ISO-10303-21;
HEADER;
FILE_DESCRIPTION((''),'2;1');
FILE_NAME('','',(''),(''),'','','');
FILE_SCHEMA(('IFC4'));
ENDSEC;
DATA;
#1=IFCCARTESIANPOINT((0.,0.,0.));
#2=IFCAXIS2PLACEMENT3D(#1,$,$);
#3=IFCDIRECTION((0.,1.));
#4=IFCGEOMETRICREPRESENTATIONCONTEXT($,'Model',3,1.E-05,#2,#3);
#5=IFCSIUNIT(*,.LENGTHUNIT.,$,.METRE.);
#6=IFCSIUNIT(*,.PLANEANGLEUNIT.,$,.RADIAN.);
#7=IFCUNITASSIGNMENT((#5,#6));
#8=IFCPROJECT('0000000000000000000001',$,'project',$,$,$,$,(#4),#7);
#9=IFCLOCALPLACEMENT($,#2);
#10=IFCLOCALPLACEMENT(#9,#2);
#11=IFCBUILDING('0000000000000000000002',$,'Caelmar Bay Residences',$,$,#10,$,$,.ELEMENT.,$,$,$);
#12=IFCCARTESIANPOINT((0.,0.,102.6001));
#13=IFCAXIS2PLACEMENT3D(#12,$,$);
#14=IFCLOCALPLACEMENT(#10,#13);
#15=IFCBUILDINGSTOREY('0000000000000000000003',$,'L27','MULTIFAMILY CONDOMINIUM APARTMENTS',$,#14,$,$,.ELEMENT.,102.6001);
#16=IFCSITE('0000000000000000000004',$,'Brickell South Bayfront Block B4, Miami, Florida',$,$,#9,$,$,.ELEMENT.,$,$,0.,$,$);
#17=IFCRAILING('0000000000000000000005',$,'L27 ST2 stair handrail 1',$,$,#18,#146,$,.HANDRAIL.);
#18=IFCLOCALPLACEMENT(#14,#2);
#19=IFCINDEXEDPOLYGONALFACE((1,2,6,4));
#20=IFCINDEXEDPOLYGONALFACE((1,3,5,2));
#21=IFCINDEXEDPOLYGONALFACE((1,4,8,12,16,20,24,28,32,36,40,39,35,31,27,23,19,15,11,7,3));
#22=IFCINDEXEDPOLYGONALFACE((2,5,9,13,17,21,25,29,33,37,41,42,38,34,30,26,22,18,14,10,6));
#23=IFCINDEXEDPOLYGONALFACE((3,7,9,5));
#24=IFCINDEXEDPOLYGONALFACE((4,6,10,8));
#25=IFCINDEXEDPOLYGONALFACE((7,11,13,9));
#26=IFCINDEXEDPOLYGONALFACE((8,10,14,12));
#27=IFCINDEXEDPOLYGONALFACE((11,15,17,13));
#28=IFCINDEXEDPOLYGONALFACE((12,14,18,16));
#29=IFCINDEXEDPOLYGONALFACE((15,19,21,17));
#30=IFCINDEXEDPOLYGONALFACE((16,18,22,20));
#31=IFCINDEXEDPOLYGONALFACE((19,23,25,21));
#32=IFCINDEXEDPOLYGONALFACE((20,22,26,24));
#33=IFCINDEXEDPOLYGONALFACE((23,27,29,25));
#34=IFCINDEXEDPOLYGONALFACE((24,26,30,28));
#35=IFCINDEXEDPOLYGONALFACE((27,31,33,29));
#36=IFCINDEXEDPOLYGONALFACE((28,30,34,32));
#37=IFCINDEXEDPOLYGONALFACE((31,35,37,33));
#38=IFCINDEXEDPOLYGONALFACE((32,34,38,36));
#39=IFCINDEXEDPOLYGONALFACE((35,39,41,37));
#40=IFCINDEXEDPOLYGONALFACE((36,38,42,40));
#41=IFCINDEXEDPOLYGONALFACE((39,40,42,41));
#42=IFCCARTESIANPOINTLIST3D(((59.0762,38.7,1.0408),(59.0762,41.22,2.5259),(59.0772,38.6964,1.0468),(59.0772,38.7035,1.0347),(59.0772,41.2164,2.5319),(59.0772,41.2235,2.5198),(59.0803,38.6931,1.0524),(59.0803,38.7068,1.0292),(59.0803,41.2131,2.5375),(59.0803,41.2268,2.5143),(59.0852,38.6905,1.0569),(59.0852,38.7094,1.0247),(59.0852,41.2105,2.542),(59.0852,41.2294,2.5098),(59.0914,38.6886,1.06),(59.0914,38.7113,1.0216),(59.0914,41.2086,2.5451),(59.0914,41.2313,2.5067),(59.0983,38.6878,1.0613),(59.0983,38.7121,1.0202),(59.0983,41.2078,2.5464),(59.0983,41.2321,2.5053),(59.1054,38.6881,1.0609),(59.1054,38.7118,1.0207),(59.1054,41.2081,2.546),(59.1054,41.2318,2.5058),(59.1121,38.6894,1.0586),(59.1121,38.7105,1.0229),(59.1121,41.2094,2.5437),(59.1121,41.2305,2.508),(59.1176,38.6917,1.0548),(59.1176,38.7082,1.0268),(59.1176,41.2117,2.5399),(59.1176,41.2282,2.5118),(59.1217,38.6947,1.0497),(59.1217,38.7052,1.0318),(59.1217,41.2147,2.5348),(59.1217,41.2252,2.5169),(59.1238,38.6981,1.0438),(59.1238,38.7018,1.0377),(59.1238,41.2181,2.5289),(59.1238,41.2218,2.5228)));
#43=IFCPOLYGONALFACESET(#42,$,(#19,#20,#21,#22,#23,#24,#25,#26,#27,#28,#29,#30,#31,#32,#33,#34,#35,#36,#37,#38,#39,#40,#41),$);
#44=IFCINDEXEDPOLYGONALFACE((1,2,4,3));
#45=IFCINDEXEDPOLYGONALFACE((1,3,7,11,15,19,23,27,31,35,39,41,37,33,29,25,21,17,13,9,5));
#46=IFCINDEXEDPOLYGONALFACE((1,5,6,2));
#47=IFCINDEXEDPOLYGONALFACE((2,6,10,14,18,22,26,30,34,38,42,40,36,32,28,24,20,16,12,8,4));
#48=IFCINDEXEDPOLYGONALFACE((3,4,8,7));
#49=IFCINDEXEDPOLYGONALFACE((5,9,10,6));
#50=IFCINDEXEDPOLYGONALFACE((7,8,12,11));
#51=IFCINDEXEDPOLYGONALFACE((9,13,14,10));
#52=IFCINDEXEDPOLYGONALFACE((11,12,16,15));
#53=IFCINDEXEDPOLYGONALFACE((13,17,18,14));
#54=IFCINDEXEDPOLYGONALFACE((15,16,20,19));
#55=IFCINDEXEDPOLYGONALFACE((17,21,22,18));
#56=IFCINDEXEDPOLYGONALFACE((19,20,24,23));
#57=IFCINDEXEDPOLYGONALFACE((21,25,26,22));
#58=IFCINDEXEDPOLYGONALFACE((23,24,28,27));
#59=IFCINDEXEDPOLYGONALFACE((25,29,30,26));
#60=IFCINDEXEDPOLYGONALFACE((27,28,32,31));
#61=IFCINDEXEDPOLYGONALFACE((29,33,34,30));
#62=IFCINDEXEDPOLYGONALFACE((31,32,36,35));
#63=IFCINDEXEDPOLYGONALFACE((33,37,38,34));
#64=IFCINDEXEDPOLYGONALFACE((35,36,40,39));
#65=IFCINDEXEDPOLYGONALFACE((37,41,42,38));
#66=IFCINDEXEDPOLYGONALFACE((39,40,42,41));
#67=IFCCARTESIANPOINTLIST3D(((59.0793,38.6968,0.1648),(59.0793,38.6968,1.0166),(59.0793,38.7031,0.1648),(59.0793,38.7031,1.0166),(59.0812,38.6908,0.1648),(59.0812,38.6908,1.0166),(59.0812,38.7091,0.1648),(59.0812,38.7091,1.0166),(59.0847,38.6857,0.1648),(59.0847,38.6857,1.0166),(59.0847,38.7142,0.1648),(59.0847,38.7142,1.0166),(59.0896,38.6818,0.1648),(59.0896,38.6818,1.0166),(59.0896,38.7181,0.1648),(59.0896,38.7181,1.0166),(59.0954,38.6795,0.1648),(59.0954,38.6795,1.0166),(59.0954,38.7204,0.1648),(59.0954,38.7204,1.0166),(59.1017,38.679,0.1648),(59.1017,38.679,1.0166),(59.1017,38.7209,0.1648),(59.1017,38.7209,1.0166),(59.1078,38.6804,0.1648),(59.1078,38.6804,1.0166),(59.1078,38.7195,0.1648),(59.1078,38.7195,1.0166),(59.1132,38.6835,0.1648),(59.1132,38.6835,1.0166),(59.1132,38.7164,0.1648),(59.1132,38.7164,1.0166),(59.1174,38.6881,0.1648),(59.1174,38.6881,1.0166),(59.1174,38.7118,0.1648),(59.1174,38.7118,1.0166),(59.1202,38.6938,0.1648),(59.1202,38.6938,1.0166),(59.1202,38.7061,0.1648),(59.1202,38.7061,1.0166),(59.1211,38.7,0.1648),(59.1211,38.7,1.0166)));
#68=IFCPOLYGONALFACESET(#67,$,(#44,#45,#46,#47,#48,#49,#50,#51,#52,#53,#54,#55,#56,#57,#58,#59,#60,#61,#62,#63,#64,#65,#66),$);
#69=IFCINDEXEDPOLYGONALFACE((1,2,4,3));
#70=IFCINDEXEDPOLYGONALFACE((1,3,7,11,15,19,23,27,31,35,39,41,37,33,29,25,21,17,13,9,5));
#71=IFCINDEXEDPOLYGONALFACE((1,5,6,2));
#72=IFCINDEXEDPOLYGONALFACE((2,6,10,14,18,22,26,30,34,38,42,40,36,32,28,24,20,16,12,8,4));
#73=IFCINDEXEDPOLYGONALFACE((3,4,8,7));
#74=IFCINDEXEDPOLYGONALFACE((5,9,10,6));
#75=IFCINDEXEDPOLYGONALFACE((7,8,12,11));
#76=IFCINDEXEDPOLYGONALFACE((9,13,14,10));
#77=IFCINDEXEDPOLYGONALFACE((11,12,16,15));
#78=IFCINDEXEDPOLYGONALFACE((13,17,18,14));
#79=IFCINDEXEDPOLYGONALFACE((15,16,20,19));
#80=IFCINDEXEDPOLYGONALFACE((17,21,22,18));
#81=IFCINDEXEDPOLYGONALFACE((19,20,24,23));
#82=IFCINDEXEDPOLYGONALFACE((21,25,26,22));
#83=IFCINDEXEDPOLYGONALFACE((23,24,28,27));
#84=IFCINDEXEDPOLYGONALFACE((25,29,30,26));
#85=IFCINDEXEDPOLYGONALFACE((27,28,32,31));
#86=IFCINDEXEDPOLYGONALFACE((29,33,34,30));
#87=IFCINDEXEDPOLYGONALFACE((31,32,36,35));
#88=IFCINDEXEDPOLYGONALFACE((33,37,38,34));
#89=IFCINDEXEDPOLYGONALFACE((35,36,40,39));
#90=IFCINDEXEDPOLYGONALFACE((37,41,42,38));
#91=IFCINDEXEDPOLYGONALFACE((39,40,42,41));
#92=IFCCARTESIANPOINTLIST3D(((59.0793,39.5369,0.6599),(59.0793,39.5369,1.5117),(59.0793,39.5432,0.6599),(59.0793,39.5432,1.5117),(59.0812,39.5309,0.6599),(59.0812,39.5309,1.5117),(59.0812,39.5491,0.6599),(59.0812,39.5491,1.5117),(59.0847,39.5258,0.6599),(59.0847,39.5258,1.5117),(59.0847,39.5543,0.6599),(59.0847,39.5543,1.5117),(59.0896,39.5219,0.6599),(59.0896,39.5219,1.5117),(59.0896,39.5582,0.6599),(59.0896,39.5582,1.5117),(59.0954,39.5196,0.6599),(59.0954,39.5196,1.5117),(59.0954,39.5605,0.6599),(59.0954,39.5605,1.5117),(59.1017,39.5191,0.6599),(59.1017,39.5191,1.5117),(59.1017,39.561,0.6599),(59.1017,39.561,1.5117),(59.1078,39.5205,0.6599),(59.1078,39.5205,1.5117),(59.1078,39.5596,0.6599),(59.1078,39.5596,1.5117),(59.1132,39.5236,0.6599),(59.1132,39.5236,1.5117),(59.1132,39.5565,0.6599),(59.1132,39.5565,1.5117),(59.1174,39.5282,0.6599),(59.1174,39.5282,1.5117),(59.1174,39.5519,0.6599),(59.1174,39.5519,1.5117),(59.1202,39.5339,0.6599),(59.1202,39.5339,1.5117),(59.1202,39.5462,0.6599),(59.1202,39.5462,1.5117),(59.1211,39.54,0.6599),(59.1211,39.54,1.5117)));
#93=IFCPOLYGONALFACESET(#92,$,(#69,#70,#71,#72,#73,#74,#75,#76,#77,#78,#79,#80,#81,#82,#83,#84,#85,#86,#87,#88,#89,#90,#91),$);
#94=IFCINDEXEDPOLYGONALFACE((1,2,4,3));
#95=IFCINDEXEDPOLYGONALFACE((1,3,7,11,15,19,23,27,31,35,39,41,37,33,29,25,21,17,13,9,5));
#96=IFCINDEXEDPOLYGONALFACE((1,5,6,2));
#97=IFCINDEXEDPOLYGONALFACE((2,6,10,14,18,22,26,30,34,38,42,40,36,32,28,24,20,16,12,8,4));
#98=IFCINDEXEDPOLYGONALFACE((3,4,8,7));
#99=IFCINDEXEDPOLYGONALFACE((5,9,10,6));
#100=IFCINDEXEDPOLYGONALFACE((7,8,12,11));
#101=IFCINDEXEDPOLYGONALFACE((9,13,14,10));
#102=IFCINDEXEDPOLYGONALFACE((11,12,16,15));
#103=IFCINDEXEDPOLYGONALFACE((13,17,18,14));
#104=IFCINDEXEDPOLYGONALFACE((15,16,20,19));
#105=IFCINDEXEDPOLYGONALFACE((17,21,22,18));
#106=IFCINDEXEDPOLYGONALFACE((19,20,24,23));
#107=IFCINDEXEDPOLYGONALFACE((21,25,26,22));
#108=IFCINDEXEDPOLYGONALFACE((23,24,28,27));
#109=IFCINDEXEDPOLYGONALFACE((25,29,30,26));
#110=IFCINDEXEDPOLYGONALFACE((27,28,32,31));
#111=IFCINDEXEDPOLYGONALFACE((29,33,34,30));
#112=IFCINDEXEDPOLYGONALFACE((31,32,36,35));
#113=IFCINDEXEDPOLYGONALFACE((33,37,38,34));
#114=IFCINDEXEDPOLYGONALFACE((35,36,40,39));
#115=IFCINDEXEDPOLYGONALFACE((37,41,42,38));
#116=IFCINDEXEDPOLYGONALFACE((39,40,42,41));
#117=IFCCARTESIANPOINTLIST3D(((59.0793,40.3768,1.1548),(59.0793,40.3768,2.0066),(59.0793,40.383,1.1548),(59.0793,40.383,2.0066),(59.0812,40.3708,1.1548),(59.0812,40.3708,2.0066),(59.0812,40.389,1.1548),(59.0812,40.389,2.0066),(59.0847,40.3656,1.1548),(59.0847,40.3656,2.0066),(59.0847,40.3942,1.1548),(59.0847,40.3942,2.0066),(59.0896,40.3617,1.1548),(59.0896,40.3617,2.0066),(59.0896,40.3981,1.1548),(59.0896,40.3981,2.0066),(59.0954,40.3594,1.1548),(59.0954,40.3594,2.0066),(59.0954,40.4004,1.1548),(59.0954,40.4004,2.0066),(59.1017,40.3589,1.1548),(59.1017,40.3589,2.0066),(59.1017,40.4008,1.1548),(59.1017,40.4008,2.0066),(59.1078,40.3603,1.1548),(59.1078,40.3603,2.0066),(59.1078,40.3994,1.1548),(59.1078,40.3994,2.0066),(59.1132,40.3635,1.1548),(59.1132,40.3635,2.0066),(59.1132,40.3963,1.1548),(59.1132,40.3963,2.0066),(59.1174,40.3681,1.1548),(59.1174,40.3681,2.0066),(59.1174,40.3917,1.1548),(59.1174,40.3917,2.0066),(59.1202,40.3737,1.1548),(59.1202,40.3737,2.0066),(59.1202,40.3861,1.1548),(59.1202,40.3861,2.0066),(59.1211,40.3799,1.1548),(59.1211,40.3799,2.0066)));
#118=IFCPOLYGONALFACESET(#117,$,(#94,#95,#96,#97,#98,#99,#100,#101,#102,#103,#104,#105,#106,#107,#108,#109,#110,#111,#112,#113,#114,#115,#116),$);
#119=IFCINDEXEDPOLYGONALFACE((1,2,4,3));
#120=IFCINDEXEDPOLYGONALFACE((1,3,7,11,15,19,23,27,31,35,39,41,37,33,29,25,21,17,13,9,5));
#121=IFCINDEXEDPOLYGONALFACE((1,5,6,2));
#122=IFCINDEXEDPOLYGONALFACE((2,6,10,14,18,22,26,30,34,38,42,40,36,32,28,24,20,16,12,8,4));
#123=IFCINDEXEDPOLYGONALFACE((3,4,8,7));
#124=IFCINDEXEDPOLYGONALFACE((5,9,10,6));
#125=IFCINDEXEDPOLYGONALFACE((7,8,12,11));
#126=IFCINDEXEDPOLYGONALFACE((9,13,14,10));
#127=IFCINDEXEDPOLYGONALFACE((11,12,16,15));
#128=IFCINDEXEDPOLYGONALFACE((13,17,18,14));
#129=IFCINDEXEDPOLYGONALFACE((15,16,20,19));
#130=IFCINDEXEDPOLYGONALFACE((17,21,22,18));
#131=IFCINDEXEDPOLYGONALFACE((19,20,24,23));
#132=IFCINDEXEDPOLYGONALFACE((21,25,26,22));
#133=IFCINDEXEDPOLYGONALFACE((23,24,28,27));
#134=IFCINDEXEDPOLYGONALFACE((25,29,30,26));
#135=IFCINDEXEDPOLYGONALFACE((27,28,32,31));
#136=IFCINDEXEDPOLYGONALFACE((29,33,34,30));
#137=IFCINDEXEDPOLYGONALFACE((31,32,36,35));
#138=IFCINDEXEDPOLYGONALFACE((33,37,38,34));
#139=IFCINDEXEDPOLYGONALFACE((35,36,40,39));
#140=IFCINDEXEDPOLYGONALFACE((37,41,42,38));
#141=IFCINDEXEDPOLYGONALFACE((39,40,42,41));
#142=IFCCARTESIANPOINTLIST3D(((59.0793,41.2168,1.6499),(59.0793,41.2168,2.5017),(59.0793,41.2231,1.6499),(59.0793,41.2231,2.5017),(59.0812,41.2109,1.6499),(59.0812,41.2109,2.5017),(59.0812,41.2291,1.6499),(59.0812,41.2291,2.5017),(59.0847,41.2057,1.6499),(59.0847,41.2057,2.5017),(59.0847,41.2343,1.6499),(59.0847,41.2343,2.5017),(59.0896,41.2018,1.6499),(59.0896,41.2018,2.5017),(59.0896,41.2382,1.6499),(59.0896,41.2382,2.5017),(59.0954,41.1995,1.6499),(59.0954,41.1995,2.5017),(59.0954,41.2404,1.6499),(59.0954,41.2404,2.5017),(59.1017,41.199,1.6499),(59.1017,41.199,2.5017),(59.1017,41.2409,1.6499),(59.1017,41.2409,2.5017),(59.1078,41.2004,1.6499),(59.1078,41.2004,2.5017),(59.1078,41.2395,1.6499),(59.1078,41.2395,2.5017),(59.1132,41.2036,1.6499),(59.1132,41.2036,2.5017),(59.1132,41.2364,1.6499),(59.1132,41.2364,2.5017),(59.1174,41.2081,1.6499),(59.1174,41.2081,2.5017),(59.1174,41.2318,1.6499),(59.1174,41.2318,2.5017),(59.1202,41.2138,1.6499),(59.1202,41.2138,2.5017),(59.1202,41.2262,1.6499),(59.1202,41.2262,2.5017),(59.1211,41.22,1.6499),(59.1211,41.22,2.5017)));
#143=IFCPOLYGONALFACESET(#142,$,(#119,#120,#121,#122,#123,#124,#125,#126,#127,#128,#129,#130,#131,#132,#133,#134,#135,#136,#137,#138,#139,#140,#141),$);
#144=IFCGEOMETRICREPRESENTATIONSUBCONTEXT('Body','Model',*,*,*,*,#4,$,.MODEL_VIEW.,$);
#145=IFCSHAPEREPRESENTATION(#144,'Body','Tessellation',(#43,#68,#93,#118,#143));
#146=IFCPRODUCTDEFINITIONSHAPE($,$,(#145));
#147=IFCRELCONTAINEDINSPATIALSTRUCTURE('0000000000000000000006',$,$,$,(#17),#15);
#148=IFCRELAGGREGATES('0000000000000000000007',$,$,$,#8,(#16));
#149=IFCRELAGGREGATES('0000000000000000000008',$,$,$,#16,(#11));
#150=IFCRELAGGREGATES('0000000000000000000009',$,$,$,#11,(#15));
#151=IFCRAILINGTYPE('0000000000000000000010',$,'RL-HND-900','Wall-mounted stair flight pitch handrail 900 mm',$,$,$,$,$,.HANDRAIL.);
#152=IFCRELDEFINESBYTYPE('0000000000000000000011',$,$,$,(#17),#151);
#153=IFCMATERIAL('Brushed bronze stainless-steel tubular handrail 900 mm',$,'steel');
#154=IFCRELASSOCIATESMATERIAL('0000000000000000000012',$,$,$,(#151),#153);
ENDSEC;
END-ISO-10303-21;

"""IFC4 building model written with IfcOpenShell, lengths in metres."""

from ifc_helpers import new_model, si_unit, direction, frame, origin, origin_2d, place, context, subcontext, project, spatial, circle, extrude, material, type_object, element, save


model = new_model("IFC4")

# Units and contexts
model_context = context("Model", 3, precision=1e-05, world=origin(), true_north=direction((0.0, 1.0)))
body_context = subcontext(model_context, "Body", "Model", "MODEL_VIEW")
ifc_project = project(units=[si_unit("LENGTHUNIT", "METRE"), si_unit("PLANEANGLEUNIT", "RADIAN")], contexts=[model_context])

# Site, building, storey
site_placement = place(None, origin())
site = spatial("IfcSite", under=ifc_project, at=site_placement, Name="Brickell South Bayfront Block B4, Miami, Florida", CompositionType="ELEMENT", RefElevation=0.0)
building_placement = place(site_placement, origin())
building = spatial("IfcBuilding", under=site, at=building_placement, Name="Caelmar Bay Residences", CompositionType="ELEMENT")
storey_placement = place(building_placement, frame((0.0, 0.0, 102.6001)))
storey = spatial("IfcBuildingStorey", under=building, at=storey_placement, Name="L27", Description="MULTIFAMILY CONDOMINIUM APARTMENTS", CompositionType="ELEMENT", Elevation=102.6001)

# Railing
ifc_material_1 = material(Name="Brushed bronze stainless-steel tubular handrail 900 mm", Category="steel")
railing_type_1 = type_object("IfcRailingType", Name="RL-HND-900", Description="Wall-mounted stair flight pitch handrail 900 mm", PredefinedType="HANDRAIL", material=ifc_material_1)
railing_1_placement = place(storey_placement, frame((59.1001, 38.7, 0.1648)))
element("IfcRailing", 1, at=railing_1_placement, inside=storey, type_object=railing_type_1, Name="L27 ST2 stair handrail 1", PredefinedType="HANDRAIL", context=body_context, shape_type="SweptSolid", body=[
    extrude(circle(Radius=0.0239, at=origin_2d()), frame((0.0, 0.0, 0.876), z_axis=(0.0, 0.861524, 0.507717), x_axis=(-1.0, 0.0, 0.0)), (0.0, 0.0, 1.0), 2.925),
    extrude(circle(Radius=0.021, at=origin_2d()), origin(), (0.0, 0.0, 1.0), 0.8518),
    extrude(circle(Radius=0.021, at=origin_2d()), frame((0.0, 0.8401, 0.4951)), (0.0, 0.0, 1.0), 0.8518),
    extrude(circle(Radius=0.021, at=origin_2d()), frame((0.0, 1.6799, 0.99)), (0.0, 0.0, 1.0), 0.8518),
    extrude(circle(Radius=0.021, at=origin_2d()), frame((0.0, 2.52, 1.4851)), (0.0, 0.0, 1.0), 0.8518),
])

save(model, "model.ifc")
